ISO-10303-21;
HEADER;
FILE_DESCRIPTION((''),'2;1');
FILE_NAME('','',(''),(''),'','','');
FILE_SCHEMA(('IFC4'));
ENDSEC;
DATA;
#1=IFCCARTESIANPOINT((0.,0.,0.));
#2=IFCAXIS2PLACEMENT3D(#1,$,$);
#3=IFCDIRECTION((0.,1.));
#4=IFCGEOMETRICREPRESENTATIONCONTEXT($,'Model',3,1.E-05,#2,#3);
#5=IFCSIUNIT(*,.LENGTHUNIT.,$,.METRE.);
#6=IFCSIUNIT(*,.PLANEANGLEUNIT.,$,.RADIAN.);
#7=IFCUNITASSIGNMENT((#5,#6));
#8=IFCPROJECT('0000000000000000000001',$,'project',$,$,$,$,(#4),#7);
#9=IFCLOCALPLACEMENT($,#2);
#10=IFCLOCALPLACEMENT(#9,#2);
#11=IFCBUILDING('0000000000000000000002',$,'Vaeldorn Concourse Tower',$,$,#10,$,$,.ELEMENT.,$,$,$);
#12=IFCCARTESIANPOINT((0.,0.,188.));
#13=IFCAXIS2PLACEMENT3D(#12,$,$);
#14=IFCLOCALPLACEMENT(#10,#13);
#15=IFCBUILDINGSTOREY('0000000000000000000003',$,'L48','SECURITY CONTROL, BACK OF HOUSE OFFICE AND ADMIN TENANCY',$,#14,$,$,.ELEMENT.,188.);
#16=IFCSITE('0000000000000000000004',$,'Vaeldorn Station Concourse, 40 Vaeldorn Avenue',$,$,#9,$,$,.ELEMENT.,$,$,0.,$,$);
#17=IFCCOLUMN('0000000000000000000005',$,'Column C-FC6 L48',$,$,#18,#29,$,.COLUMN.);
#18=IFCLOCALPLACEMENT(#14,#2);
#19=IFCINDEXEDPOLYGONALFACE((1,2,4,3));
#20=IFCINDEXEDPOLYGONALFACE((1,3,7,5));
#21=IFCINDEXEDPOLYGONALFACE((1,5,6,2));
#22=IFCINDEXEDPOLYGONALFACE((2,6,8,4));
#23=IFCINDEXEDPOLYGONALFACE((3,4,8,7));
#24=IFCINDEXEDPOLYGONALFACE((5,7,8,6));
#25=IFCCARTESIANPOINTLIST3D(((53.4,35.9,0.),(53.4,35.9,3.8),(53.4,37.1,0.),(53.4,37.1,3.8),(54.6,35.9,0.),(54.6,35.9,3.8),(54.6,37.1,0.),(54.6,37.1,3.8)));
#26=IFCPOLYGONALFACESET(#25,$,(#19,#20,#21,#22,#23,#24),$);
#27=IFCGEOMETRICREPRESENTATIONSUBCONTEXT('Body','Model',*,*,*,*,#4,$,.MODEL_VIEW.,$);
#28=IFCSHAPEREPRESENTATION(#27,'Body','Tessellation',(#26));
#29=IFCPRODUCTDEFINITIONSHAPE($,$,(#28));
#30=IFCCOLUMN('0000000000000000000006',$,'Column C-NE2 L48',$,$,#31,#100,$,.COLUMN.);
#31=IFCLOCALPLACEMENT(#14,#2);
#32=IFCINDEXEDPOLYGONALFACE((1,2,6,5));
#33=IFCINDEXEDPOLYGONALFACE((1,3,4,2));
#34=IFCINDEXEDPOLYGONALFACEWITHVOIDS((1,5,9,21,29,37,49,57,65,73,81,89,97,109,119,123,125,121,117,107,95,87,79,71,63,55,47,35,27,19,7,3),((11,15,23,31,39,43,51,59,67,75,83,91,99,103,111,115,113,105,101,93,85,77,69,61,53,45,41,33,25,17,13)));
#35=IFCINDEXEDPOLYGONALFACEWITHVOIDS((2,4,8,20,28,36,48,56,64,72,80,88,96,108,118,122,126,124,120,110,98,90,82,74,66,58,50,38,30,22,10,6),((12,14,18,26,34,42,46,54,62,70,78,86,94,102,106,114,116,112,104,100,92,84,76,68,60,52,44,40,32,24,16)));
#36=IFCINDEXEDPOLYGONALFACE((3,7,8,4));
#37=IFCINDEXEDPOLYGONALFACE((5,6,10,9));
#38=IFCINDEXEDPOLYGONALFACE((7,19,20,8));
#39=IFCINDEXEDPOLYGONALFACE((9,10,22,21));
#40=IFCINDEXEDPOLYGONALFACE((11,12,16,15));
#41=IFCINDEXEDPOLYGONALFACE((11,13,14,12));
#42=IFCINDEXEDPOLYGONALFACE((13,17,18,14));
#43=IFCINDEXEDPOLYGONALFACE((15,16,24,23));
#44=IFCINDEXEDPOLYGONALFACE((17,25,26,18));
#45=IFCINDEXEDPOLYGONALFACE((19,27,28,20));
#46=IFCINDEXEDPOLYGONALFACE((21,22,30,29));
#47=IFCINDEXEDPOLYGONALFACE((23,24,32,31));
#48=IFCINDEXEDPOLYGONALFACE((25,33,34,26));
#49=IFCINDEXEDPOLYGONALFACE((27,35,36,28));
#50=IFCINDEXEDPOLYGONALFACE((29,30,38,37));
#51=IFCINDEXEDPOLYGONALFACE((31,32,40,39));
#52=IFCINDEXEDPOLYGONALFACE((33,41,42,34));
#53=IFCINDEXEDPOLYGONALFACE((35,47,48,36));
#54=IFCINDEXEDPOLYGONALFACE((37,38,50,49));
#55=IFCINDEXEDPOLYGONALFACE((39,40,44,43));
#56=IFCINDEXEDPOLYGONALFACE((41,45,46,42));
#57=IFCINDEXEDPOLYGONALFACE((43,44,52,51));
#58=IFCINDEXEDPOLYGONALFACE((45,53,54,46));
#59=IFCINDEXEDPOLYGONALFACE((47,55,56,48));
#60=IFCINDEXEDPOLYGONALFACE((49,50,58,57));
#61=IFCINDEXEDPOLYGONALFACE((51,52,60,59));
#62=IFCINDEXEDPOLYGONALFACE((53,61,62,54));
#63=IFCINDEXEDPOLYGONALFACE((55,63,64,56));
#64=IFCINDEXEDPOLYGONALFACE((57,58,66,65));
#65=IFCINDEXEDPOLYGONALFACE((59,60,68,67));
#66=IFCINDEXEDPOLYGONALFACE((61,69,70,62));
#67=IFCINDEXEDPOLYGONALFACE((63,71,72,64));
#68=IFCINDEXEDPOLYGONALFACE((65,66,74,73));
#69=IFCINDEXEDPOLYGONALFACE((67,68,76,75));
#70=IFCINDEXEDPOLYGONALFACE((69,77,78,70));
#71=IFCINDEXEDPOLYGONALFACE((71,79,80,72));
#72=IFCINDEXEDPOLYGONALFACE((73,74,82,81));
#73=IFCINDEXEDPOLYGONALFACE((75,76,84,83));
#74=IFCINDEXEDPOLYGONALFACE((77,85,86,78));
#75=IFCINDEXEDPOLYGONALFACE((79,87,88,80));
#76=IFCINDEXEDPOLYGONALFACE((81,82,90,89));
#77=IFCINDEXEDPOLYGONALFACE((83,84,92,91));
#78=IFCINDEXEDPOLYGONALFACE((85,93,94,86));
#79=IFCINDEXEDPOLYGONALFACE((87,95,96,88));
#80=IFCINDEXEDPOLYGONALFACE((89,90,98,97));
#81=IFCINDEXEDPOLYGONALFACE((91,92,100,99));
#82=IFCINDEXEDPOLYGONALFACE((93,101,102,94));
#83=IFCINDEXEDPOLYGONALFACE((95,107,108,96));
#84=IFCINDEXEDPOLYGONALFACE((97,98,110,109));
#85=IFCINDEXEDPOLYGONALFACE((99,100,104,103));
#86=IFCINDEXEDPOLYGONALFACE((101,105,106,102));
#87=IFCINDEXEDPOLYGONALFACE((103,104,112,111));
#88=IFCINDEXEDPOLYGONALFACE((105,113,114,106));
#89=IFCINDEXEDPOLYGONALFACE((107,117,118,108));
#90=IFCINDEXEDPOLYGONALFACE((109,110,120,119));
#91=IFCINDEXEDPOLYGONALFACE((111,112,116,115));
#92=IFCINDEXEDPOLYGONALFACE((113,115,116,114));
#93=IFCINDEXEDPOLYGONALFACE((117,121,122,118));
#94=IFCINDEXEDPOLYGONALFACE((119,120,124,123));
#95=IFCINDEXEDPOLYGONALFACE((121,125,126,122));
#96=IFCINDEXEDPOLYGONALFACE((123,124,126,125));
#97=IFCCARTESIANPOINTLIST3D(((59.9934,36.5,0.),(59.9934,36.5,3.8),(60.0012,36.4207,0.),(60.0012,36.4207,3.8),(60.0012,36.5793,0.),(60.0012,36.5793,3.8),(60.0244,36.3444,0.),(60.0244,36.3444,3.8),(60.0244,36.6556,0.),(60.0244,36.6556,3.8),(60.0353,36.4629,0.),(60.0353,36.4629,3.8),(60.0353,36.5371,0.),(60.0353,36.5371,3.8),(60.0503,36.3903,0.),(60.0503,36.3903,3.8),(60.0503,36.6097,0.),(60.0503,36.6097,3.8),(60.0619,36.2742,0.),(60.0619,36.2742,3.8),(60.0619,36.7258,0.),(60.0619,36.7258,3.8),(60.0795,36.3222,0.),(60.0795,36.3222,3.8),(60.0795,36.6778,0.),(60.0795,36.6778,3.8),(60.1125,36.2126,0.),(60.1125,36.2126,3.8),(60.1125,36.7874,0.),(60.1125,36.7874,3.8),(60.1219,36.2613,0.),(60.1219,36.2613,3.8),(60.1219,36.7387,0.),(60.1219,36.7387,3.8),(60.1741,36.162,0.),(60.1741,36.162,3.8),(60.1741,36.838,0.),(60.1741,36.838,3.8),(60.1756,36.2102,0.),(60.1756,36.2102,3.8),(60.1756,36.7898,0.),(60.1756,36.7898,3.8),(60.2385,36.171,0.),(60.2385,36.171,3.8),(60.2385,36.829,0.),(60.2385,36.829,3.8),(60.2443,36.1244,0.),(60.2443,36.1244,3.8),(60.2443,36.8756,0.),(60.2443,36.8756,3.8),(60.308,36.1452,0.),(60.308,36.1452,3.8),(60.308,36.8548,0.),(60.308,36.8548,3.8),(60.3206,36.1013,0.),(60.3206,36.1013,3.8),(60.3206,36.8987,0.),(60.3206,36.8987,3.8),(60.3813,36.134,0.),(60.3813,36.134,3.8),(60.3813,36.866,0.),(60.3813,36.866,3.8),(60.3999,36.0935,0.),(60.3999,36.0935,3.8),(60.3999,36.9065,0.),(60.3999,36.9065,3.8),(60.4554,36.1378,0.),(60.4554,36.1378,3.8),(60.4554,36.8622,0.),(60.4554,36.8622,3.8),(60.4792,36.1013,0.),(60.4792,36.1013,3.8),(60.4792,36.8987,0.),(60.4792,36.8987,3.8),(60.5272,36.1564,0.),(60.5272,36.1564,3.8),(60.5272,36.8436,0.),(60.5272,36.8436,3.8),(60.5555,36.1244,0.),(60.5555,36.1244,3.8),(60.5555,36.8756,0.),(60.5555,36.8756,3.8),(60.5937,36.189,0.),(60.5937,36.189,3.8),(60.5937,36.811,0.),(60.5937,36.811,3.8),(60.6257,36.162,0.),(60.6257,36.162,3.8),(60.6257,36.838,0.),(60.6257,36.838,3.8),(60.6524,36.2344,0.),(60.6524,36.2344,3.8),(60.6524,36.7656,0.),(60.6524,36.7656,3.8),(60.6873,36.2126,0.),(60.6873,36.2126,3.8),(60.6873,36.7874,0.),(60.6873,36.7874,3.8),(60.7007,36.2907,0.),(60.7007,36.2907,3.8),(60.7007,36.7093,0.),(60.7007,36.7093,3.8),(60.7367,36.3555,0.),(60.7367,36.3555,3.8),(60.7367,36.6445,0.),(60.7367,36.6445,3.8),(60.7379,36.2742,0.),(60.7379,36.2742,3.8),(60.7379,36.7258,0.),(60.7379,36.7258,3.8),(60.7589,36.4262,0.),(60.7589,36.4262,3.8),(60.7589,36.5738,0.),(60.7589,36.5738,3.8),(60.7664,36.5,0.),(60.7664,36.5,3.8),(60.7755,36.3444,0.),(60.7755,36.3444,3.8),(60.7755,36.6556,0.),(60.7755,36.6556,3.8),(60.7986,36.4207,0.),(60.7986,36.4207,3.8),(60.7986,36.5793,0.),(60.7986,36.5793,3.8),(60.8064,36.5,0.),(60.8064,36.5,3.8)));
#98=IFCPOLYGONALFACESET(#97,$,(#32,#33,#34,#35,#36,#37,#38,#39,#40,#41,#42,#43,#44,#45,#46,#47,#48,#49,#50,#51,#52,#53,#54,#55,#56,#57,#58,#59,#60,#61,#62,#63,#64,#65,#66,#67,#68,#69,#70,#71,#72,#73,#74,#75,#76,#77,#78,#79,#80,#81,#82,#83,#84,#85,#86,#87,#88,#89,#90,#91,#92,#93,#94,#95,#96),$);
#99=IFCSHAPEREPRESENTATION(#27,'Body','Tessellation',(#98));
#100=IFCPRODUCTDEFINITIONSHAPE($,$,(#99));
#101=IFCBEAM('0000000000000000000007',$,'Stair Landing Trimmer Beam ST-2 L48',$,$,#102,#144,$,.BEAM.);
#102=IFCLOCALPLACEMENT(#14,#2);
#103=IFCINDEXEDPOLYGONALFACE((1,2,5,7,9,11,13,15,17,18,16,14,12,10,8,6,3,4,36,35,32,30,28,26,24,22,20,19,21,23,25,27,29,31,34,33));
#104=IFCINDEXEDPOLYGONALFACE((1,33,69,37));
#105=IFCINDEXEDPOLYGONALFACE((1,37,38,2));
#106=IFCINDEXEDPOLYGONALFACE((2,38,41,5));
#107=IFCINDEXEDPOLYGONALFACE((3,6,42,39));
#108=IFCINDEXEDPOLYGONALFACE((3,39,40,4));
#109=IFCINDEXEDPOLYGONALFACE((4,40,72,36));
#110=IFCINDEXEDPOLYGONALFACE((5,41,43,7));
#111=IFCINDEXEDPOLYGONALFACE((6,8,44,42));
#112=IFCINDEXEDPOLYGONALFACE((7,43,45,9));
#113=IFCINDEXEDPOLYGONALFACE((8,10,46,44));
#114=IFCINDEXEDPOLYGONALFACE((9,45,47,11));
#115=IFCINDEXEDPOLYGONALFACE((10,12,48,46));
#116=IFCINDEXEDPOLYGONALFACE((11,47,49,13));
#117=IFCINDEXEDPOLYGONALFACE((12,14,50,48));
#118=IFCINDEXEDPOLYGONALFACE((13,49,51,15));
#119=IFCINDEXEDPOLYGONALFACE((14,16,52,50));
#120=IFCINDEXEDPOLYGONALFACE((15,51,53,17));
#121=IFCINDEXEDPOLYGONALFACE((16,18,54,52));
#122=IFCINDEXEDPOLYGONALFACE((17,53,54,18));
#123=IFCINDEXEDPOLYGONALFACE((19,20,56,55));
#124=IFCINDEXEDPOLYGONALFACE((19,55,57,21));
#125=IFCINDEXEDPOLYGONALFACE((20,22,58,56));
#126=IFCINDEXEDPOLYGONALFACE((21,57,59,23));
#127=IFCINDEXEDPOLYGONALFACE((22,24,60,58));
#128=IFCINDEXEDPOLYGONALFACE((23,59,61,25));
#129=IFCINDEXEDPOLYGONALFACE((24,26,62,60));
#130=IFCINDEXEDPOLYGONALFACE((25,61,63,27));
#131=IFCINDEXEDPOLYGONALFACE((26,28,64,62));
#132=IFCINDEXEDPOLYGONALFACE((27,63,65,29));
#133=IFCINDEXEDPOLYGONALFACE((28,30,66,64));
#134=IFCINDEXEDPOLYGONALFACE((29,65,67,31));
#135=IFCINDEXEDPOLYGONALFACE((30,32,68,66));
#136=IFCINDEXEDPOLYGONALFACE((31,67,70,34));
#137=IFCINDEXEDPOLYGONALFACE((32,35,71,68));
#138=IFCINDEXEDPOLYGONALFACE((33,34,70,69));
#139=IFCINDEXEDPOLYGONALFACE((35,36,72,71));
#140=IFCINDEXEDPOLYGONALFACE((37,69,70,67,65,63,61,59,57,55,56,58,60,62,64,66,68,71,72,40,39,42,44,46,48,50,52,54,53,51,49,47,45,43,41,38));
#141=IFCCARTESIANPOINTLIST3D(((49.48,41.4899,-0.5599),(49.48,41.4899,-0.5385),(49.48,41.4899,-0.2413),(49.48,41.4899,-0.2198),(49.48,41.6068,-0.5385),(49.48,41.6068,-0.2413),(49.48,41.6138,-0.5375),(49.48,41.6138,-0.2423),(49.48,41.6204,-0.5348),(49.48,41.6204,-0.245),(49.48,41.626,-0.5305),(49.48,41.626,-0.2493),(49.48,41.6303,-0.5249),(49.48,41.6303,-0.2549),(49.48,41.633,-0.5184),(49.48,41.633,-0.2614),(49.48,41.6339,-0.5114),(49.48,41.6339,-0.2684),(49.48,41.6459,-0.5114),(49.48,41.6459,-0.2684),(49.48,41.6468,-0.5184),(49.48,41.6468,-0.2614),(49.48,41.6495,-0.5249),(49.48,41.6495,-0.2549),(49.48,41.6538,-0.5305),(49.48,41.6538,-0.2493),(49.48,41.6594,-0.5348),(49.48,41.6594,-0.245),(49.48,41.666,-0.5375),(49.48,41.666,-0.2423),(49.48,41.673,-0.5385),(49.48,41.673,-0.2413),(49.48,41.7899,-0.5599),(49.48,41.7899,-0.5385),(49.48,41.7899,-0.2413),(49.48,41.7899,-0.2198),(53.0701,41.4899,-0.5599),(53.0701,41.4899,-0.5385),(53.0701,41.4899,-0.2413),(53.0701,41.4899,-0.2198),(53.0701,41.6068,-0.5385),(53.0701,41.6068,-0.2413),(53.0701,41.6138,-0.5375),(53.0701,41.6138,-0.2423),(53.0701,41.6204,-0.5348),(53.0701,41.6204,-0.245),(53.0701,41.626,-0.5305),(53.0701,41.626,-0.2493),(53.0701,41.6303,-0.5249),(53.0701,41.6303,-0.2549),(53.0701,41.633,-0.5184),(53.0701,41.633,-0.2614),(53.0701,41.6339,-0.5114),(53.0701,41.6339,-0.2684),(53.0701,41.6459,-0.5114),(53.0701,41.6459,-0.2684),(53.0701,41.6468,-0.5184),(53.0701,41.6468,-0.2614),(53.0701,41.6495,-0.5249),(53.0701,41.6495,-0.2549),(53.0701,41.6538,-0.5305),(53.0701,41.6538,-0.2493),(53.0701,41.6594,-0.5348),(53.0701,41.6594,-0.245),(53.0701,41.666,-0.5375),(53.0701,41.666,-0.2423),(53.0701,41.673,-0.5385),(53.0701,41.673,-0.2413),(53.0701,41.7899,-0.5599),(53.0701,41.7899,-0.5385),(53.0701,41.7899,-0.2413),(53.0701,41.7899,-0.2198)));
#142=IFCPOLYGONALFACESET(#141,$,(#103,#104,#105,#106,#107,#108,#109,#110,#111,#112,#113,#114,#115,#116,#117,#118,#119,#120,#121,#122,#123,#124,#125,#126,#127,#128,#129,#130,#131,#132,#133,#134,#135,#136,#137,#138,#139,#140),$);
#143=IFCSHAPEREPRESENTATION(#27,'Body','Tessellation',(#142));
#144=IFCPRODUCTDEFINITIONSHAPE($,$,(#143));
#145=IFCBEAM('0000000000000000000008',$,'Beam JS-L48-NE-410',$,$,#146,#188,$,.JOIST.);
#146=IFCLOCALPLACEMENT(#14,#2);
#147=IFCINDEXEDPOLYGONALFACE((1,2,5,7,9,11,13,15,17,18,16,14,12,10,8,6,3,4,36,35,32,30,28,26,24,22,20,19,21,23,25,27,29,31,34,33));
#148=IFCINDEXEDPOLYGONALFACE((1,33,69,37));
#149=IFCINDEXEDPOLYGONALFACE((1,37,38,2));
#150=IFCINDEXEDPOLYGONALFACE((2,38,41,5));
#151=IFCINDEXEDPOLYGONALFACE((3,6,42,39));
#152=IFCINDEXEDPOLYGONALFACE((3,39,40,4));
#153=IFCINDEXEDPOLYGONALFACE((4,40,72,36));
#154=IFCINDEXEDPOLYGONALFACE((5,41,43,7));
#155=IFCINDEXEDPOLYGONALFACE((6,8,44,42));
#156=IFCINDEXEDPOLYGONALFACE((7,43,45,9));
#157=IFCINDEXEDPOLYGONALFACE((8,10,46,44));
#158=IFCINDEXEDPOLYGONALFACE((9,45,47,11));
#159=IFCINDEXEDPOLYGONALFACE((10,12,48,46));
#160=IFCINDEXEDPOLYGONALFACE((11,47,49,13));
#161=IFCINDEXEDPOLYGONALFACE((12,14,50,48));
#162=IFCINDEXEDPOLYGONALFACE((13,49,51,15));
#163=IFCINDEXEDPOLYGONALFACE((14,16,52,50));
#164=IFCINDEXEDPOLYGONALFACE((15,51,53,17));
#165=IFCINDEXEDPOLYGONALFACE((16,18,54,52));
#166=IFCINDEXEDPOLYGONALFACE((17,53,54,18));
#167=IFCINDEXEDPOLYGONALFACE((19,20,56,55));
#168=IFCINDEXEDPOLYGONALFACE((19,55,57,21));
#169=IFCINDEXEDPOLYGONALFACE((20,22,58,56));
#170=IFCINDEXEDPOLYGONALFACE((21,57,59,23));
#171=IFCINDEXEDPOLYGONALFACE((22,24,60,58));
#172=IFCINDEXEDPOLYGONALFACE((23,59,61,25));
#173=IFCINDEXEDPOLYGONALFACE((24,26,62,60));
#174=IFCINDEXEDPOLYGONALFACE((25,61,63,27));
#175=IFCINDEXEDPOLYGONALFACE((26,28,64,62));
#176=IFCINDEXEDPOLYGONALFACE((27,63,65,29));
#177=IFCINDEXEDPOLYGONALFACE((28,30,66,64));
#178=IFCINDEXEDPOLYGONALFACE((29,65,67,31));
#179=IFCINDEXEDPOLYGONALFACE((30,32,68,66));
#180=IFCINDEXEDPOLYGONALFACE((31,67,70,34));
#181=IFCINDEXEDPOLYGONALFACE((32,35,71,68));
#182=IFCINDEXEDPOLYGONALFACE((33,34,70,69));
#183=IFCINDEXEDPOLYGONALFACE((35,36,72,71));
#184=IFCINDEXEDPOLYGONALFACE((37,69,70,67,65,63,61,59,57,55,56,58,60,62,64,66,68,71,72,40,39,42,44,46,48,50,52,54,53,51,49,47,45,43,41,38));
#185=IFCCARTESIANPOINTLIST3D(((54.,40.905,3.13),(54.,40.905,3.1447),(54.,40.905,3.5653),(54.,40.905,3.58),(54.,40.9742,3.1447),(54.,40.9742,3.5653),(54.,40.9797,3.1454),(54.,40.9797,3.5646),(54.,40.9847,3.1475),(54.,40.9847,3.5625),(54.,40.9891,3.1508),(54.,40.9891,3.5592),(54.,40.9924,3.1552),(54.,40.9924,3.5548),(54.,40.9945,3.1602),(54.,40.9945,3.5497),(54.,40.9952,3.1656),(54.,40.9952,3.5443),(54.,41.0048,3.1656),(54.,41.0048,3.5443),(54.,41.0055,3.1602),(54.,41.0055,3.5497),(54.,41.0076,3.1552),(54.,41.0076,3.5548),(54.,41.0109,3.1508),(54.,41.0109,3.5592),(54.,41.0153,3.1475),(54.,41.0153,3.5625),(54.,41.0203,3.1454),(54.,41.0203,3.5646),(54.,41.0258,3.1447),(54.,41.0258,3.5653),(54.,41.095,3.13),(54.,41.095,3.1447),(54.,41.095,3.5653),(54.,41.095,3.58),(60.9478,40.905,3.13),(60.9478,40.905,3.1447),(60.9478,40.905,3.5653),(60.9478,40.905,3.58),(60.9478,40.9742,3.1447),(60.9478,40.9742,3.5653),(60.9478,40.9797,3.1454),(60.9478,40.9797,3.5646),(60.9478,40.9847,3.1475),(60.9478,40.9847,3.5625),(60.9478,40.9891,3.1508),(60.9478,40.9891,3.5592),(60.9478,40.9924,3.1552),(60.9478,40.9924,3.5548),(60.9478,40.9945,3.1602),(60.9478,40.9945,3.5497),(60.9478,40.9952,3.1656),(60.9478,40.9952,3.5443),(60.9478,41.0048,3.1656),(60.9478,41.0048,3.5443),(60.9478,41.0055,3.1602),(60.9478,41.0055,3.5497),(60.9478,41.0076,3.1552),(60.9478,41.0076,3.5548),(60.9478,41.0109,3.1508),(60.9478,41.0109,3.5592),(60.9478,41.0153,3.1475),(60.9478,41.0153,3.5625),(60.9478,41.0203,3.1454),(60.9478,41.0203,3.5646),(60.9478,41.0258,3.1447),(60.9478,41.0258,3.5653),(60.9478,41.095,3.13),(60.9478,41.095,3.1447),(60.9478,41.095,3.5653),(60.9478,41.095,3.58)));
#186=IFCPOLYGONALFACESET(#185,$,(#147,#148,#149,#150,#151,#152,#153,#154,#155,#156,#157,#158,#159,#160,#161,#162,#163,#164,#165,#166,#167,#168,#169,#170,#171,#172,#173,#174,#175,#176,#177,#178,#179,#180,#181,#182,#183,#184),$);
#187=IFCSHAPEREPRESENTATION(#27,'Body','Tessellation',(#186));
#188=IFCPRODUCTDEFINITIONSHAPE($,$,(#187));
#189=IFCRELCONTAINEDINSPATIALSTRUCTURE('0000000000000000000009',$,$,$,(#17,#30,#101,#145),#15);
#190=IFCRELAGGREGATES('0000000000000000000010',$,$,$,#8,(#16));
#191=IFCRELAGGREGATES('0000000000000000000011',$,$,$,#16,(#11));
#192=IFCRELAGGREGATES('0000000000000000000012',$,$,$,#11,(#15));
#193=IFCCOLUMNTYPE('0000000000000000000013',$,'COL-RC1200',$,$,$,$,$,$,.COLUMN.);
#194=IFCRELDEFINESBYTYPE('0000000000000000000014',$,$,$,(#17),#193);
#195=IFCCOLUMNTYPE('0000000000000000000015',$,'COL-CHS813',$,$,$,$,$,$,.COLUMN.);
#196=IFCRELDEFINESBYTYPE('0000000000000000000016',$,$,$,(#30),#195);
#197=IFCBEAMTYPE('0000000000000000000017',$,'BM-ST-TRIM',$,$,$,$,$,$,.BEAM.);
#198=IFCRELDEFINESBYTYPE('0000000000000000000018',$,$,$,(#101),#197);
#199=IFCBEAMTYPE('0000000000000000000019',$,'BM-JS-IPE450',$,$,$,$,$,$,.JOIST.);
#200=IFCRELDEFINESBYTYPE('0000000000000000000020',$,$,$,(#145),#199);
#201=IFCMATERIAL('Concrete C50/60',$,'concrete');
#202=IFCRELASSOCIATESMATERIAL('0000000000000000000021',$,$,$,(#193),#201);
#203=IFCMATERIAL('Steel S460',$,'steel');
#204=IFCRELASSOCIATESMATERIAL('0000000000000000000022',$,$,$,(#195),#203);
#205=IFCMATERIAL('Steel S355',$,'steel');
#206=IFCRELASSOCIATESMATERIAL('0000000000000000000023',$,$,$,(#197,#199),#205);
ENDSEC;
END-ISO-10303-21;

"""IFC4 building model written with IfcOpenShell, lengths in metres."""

from ifc_helpers import new_model, si_unit, direction, frame, origin, origin_2d, place, context, subcontext, project, spatial, rectangle, hollow_circle, i_section, extrude, source, transform, mapped, material, material_profile, profile_set, type_object, element, save


model = new_model("IFC4")

# Units and contexts
model_context = context("Model", 3, precision=1e-05, world=origin(), true_north=direction((0.0, 1.0)))
body_context = subcontext(model_context, "Body", "Model", "MODEL_VIEW")
ifc_project = project(units=[si_unit("LENGTHUNIT", "METRE"), si_unit("PLANEANGLEUNIT", "RADIAN")], contexts=[model_context])

# Site, building, storey
site_placement = place(None, origin())
site = spatial("IfcSite", under=ifc_project, at=site_placement, Name="Vaeldorn Station Concourse, 40 Vaeldorn Avenue", CompositionType="ELEMENT", RefElevation=0.0)
building_placement = place(site_placement, origin())
building = spatial("IfcBuilding", under=site, at=building_placement, Name="Vaeldorn Concourse Tower", CompositionType="ELEMENT")
storey_placement = place(building_placement, frame((0.0, 0.0, 188.0)))
storey = spatial("IfcBuildingStorey", under=building, at=storey_placement, Name="L48", Description="SECURITY CONTROL, BACK OF HOUSE OFFICE AND ADMIN TENANCY", CompositionType="ELEMENT", Elevation=188.0)

# Columns
ifc_material_1 = material(Name="Concrete C50/60", Category="concrete")
ifc_material_profile_1 = material_profile(ifc_material_1, rectangle(XDim=1.2, YDim=1.2, at=origin_2d()), Name="RC 1200x1200")
ifc_profile_set_1 = profile_set([ifc_material_profile_1], Name="Concrete C50/60")
column_type_1 = type_object("IfcColumnType", Name="COL-RC1200", PredefinedType="COLUMN", material=ifc_profile_set_1)
shared_shape_1 = source(origin(), body_context, "Body", "SweptSolid", [
    extrude(rectangle(XDim=1.2, YDim=1.2, at=origin_2d()), origin(), (0.0, 0.0, 1.0), 3.8),
])
column_1_placement = place(storey_placement, frame((54.0, 36.5, 0.0), z_axis=(0.0, 0.0, 1.0), x_axis=(1.0, 0.0, 0.0)))
element("IfcColumn", 1, at=column_1_placement, inside=storey, type_object=column_type_1, Name="Column C-FC6 L48", PredefinedType="COLUMN", context=body_context, shape_type="MappedRepresentation", body=[
    mapped(shared_shape_1, transform((0.0, 0.0, 0.0), scale=1.0)),
])
ifc_material_2 = material(Name="Steel S460", Category="steel")
ifc_material_profile_2 = material_profile(ifc_material_2, hollow_circle(Radius=0.4065, WallThickness=0.04, at=origin_2d()), Name="CHS 813x40")
ifc_profile_set_2 = profile_set([ifc_material_profile_2], Name="Steel S460")
column_type_2 = type_object("IfcColumnType", Name="COL-CHS813", PredefinedType="COLUMN", material=ifc_profile_set_2)
shared_shape_2 = source(origin(), body_context, "Body", "SweptSolid", [
    extrude(hollow_circle(Radius=0.4065, WallThickness=0.04, at=origin_2d()), origin(), (0.0, 0.0, 1.0), 3.8),
])
column_2_placement = place(storey_placement, frame((60.3999, 36.5, 0.0), z_axis=(0.0, 0.0, 1.0), x_axis=(1.0, 0.0, 0.0)))
element("IfcColumn", 2, at=column_2_placement, inside=storey, type_object=column_type_2, Name="Column C-NE2 L48", PredefinedType="COLUMN", context=body_context, shape_type="MappedRepresentation", body=[
    mapped(shared_shape_2, transform((0.0, 0.0, 0.0), scale=1.0)),
])

# Beams
ifc_material_3 = material(Name="Steel S355", Category="steel")
ifc_material_profile_3 = material_profile(ifc_material_3, i_section(OverallWidth=0.3, OverallDepth=0.3401, WebThickness=0.012, FlangeThickness=0.0215, FilletRadius=0.0271, at=origin_2d()), Name="HEB 340")
ifc_profile_set_3 = profile_set([ifc_material_profile_3], Name="Steel S355")
beam_type_1 = type_object("IfcBeamType", Name="BM-ST-TRIM", PredefinedType="BEAM", material=ifc_profile_set_3)
shared_shape_3 = source(origin(), body_context, "Body", "SweptSolid", [
    extrude(i_section(OverallWidth=0.3, OverallDepth=0.3401, WebThickness=0.012, FlangeThickness=0.0215, FilletRadius=0.0271, at=origin_2d()), origin(), (0.0, 0.0, 1.0), 3.5901),
])
beam_1_placement = place(storey_placement, frame((49.48, 41.6399, -0.3899), z_axis=(1.0, 0.0, 0.0), x_axis=(0.0, 1.0, 0.0)))
element("IfcBeam", 3, at=beam_1_placement, inside=storey, type_object=beam_type_1, Name="Stair Landing Trimmer Beam ST-2 L48", PredefinedType="BEAM", context=body_context, shape_type="MappedRepresentation", body=[
    mapped(shared_shape_3, transform((0.0, 0.0, 0.0), scale=1.0)),
])
ifc_material_profile_4 = material_profile(ifc_material_3, i_section(OverallWidth=0.1899, OverallDepth=0.45, WebThickness=0.0095, FlangeThickness=0.0146, FilletRadius=0.021, at=origin_2d()), Name="IPE 450")
ifc_profile_set_4 = profile_set([ifc_material_profile_4], Name="Steel S355")
beam_type_2 = type_object("IfcBeamType", Name="BM-JS-IPE450", PredefinedType="JOIST", material=ifc_profile_set_4)
shared_shape_4 = source(origin(), body_context, "Body", "SweptSolid", [
    extrude(i_section(OverallWidth=0.1899, OverallDepth=0.45, WebThickness=0.0095, FlangeThickness=0.0146, FilletRadius=0.021, at=origin_2d()), origin(), (0.0, 0.0, 1.0), 6.9478),
])
beam_2_placement = place(storey_placement, frame((54.0, 41.0, 3.355), z_axis=(1.0, 0.0, 0.0), x_axis=(0.0, 1.0, 0.0)))
element("IfcBeam", 4, at=beam_2_placement, inside=storey, type_object=beam_type_2, Name="Beam JS-L48-NE-410", PredefinedType="JOIST", context=body_context, shape_type="MappedRepresentation", body=[
    mapped(shared_shape_4, transform((0.0, 0.0, 0.0), scale=1.0)),
])

save(model, "model.ifc")
